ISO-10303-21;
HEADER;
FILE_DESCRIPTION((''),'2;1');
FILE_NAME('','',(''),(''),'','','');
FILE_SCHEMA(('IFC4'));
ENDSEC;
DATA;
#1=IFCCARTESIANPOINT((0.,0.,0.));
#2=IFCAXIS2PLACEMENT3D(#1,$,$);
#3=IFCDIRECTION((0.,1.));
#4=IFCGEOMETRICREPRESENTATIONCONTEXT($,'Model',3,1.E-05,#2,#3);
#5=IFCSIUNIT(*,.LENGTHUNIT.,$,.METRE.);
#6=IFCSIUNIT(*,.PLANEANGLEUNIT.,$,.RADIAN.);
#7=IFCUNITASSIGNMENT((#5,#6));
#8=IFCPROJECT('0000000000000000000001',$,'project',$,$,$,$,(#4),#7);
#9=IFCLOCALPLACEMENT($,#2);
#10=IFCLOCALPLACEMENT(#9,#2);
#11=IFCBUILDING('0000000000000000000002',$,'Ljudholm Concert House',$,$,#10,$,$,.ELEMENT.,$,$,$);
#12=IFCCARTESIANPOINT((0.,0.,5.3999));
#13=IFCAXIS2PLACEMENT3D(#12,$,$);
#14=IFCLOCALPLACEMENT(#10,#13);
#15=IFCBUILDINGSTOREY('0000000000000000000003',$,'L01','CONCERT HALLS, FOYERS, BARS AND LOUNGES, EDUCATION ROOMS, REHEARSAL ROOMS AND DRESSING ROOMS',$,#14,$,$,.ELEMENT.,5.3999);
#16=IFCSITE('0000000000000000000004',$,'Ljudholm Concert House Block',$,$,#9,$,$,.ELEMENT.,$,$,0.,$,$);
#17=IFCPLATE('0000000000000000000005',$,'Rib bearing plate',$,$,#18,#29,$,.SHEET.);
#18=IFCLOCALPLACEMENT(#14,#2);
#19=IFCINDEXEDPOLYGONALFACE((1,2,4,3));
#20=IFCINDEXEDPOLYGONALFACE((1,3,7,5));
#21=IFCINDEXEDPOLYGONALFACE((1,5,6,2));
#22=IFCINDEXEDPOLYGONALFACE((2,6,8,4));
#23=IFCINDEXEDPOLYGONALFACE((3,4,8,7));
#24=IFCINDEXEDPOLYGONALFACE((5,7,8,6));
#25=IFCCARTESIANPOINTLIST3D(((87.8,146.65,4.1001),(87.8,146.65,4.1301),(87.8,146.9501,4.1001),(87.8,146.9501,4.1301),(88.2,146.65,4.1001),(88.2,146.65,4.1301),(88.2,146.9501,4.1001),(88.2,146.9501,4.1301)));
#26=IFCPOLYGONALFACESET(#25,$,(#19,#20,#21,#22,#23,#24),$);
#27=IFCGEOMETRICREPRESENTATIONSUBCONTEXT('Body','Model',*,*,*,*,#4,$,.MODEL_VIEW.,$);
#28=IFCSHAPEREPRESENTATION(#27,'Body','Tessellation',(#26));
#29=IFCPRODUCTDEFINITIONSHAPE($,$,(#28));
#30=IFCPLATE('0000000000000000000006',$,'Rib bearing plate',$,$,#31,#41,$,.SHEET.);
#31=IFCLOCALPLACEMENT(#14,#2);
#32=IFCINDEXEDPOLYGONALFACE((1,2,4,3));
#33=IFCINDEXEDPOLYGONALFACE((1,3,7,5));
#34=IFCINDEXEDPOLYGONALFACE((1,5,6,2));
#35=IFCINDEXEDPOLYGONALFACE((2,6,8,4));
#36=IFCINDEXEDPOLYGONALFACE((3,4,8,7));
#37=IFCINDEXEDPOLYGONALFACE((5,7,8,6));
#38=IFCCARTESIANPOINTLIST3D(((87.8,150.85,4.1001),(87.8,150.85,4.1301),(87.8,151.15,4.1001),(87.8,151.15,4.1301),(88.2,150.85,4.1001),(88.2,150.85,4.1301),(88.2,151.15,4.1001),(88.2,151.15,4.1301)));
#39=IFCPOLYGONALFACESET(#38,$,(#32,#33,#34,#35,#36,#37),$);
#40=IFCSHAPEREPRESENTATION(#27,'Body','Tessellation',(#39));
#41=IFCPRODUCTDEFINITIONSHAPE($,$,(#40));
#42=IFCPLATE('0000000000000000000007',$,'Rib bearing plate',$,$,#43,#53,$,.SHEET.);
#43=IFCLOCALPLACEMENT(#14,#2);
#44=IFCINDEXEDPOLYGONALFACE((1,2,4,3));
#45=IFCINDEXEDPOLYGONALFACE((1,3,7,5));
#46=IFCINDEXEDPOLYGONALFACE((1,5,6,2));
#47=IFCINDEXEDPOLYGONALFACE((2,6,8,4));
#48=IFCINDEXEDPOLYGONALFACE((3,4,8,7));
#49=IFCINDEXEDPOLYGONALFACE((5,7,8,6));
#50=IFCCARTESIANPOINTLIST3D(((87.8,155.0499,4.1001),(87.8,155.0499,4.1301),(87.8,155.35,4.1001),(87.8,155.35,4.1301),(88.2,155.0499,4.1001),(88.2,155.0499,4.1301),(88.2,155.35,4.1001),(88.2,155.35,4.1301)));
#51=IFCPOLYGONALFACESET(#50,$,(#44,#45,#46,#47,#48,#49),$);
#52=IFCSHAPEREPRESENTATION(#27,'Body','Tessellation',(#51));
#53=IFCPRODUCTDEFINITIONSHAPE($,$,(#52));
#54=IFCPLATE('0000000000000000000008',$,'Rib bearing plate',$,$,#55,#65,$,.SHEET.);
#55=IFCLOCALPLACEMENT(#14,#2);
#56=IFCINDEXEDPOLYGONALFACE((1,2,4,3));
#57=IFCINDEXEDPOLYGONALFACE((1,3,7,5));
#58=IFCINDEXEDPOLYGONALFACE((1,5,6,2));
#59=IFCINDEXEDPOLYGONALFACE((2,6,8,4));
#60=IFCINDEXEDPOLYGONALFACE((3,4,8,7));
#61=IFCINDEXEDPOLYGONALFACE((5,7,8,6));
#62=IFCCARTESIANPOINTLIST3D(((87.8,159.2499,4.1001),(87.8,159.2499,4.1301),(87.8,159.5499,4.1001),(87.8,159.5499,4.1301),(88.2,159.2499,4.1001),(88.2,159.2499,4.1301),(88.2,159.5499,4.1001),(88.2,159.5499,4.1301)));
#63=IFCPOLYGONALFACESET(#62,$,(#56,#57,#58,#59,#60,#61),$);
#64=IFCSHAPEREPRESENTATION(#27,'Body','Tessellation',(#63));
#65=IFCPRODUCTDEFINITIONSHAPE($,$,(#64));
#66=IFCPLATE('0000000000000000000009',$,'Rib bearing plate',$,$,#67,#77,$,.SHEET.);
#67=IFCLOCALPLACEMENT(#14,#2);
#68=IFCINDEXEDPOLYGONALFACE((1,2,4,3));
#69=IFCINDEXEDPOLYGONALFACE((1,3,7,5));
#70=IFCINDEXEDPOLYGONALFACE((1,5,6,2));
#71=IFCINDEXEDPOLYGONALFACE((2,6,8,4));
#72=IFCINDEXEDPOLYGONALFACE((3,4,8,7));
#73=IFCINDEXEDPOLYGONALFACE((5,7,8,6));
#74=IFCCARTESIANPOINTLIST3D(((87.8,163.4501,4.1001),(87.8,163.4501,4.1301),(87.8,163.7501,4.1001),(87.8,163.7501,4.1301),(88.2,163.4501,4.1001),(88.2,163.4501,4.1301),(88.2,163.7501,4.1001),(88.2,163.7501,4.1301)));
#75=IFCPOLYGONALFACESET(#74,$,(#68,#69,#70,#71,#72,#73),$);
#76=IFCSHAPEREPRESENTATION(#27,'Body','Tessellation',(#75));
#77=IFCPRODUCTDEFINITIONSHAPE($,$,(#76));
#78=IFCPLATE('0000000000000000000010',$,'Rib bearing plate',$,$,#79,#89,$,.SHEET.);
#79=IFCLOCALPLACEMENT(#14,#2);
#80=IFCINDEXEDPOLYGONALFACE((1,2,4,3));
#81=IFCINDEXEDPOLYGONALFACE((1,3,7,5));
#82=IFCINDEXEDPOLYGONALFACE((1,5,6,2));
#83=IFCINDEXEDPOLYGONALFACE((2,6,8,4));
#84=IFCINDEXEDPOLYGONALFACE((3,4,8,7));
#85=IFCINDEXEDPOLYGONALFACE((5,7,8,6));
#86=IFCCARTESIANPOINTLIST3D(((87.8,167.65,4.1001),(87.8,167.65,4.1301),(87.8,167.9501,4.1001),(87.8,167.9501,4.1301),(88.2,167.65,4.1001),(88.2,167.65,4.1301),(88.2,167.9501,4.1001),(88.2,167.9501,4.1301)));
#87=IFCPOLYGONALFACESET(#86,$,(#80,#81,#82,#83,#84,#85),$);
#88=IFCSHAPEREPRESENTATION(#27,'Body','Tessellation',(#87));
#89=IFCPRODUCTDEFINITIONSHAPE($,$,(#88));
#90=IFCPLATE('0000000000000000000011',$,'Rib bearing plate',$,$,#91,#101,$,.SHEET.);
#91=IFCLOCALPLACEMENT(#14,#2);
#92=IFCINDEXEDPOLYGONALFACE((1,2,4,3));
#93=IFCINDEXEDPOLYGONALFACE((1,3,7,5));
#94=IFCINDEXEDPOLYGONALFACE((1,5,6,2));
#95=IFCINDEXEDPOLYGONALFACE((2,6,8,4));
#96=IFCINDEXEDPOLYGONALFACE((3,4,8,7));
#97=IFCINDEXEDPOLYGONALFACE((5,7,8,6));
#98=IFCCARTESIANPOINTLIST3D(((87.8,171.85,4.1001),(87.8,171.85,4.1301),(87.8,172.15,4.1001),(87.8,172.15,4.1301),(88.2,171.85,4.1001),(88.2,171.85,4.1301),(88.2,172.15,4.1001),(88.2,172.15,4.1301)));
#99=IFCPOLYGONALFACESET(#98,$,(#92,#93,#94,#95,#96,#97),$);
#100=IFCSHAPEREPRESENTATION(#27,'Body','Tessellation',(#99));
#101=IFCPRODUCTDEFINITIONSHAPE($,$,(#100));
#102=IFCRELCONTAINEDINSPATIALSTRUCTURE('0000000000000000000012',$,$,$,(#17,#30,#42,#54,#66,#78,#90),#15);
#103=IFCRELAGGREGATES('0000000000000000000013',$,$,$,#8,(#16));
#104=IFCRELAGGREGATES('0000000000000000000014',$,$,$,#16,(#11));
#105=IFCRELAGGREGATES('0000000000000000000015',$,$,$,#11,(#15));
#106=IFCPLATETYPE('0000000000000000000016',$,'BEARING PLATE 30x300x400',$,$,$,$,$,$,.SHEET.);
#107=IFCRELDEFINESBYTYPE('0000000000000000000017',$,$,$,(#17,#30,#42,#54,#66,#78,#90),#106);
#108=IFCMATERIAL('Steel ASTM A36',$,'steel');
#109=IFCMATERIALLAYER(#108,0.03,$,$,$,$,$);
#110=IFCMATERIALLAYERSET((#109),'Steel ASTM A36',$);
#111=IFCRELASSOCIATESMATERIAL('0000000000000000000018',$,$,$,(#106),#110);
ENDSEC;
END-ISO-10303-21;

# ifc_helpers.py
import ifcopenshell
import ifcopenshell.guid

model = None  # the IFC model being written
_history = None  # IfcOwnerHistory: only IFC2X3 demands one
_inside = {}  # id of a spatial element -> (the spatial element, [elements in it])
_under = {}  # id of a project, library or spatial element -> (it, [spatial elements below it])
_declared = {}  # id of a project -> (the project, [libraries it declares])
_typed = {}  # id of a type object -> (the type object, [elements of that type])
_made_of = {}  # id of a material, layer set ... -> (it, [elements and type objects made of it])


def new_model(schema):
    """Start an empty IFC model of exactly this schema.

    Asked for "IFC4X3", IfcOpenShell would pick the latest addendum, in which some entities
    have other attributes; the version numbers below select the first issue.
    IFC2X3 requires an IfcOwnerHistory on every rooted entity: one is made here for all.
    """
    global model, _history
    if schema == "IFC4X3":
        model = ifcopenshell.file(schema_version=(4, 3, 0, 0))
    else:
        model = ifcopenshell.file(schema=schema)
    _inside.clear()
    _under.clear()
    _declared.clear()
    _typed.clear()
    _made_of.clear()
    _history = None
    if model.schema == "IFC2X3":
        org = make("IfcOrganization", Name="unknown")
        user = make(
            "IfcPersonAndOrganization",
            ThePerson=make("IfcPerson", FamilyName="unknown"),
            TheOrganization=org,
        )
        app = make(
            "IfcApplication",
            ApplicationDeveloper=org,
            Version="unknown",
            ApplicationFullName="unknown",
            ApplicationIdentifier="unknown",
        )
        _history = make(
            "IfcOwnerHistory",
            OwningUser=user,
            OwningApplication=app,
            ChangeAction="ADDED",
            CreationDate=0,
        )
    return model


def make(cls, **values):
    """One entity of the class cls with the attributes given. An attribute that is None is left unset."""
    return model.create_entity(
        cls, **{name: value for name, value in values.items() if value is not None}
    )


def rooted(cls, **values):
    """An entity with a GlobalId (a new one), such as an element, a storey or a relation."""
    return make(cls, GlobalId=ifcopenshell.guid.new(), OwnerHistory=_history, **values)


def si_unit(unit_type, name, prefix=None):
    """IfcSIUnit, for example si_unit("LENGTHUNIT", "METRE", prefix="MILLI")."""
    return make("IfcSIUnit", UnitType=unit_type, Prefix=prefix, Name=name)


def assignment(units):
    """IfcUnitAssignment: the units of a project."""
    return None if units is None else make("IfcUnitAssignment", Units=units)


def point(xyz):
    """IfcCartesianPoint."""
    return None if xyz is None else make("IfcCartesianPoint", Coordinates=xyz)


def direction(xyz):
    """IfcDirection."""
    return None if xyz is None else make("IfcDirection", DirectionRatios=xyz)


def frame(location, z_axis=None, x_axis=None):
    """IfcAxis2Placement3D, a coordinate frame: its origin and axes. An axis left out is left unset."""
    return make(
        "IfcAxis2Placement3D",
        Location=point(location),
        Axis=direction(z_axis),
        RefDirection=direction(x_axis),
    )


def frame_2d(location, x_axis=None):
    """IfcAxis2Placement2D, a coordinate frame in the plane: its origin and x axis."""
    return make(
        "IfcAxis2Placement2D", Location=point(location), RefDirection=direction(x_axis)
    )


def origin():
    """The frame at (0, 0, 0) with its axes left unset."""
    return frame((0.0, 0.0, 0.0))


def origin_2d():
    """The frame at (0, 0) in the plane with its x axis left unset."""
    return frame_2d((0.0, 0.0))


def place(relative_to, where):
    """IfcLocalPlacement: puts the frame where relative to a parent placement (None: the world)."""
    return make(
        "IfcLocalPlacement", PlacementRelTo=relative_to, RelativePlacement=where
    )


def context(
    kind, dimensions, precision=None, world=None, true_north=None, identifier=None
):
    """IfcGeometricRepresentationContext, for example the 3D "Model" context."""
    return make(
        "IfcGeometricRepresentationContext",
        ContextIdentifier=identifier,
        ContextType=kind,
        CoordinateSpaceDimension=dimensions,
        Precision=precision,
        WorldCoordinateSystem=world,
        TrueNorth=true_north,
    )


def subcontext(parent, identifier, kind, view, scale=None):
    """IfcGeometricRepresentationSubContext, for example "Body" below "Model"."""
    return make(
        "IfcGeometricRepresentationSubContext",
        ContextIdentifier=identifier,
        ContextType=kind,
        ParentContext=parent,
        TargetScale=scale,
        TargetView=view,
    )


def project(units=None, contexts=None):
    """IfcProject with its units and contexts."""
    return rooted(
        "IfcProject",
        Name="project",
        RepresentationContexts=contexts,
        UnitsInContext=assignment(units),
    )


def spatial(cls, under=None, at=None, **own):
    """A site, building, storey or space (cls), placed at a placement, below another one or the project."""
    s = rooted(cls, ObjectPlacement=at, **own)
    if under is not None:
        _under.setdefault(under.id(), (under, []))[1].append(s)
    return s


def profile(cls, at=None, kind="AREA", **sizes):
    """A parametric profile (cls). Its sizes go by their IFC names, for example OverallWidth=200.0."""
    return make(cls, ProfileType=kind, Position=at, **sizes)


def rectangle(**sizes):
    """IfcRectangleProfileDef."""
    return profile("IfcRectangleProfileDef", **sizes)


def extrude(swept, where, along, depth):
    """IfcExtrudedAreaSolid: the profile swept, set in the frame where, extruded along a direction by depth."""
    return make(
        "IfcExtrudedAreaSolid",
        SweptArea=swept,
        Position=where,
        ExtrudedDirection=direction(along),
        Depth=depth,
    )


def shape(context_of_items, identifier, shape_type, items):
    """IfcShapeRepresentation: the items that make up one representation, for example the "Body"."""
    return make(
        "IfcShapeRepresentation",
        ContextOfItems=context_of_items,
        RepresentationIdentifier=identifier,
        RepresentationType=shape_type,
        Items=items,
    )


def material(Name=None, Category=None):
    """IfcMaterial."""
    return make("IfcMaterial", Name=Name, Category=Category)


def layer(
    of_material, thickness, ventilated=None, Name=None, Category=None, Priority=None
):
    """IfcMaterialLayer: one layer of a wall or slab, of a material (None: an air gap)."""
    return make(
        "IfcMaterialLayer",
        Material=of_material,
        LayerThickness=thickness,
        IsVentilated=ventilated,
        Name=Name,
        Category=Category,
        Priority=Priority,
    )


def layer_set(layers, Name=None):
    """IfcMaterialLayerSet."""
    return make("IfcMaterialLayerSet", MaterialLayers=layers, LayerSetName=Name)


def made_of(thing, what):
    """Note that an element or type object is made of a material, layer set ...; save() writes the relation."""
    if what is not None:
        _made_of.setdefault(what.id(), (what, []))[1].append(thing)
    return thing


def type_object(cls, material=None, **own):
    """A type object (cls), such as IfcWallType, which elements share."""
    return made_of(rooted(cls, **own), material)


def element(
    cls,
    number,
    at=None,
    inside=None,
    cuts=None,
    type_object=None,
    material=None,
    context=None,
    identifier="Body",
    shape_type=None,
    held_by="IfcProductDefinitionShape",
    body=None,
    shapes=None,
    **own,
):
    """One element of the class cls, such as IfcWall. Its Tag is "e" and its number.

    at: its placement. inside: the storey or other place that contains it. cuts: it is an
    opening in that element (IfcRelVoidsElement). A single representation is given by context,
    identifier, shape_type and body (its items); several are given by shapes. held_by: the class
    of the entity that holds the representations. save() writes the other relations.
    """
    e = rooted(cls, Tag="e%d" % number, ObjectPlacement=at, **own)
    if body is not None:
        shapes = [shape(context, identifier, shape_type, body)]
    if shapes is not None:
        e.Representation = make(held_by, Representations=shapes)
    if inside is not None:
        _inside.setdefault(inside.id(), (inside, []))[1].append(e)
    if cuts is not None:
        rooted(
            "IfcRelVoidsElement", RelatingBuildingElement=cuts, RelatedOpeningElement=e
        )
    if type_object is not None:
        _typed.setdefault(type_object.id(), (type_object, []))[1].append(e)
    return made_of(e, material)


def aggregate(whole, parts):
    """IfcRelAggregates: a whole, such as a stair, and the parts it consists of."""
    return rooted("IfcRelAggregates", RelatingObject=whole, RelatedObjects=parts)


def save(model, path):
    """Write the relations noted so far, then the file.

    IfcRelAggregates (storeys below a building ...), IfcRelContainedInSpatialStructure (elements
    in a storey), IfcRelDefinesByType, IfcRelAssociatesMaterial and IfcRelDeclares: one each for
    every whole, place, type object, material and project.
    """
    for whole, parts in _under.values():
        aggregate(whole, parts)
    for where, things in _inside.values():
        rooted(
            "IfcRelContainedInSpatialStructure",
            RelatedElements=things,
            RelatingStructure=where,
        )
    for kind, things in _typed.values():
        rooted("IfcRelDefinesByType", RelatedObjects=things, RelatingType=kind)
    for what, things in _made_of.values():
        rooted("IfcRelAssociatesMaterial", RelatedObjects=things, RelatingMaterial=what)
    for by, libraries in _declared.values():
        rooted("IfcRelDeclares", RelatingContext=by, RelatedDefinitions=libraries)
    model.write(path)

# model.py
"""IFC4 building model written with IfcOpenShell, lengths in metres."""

from ifc_helpers import new_model, si_unit, direction, frame, origin, origin_2d, place, context, subcontext, project, spatial, rectangle, extrude, material, layer, layer_set, type_object, element, save


model = new_model("IFC4")

# Units and contexts
model_context = context("Model", 3, precision=1e-05, world=origin(), true_north=direction((0.0, 1.0)))
body_context = subcontext(model_context, "Body", "Model", "MODEL_VIEW")
ifc_project = project(units=[si_unit("LENGTHUNIT", "METRE"), si_unit("PLANEANGLEUNIT", "RADIAN")], contexts=[model_context])

# Site, building, storey
site_placement = place(None, origin())
site = spatial("IfcSite", under=ifc_project, at=site_placement, Name="Ljudholm Concert House Block", CompositionType="ELEMENT", RefElevation=0.0)
building_placement = place(site_placement, origin())
building = spatial("IfcBuilding", under=site, at=building_placement, Name="Ljudholm Concert House", CompositionType="ELEMENT")
storey_placement = place(building_placement, frame((0.0, 0.0, 5.3999)))
storey = spatial("IfcBuildingStorey", under=building, at=storey_placement, Name="L01", Description="CONCERT HALLS, FOYERS, BARS AND LOUNGES, EDUCATION ROOMS, REHEARSAL ROOMS AND DRESSING ROOMS", CompositionType="ELEMENT", Elevation=5.3999)

# Plates
ifc_material_1 = material(Name="Steel ASTM A36", Category="steel")
ifc_layer_1 = layer(ifc_material_1, 0.03)
ifc_layer_set_1 = layer_set([ifc_layer_1], Name="Steel ASTM A36")
plate_type = type_object("IfcPlateType", Name="BEARING PLATE 30x300x400", PredefinedType="SHEET", material=ifc_layer_set_1)
for number, where, z_axis, x_axis, name in (
    (1, (88.0, 146.8, 4.1001), (0.0, 0.0, 1.0), (1.0, 0.0, 0.0), "Rib bearing plate"),
    (2, (88.0, 151.0, 4.1001), (0.0, 0.0, 1.0), (1.0, 0.0, 0.0), "Rib bearing plate"),
    (3, (88.0, 155.2, 4.1001), (0.0, 0.0, 1.0), (1.0, 0.0, 0.0), "Rib bearing plate"),
    (4, (88.0, 159.3999, 4.1001), (0.0, 0.0, 1.0), (1.0, 0.0, 0.0), "Rib bearing plate"),
    (5, (88.0, 163.6001, 4.1001), (0.0, 0.0, 1.0), (1.0, 0.0, 0.0), "Rib bearing plate"),
    (6, (88.0, 167.8, 4.1001), (0.0, 0.0, 1.0), (1.0, 0.0, 0.0), "Rib bearing plate"),
    (7, (88.0, 172.0, 4.1001), (0.0, 0.0, 1.0), (1.0, 0.0, 0.0), "Rib bearing plate"),
):
    element("IfcPlate", number, at=place(storey_placement, frame(where, z_axis=z_axis, x_axis=x_axis)), inside=storey, type_object=plate_type, Name=name, PredefinedType="SHEET", context=body_context, shape_type="SweptSolid", body=[
        extrude(rectangle(XDim=0.3999, YDim=0.3, at=origin_2d()), origin(), (0.0, 0.0, 1.0), 0.03),
    ])

save(model, "model.ifc")
